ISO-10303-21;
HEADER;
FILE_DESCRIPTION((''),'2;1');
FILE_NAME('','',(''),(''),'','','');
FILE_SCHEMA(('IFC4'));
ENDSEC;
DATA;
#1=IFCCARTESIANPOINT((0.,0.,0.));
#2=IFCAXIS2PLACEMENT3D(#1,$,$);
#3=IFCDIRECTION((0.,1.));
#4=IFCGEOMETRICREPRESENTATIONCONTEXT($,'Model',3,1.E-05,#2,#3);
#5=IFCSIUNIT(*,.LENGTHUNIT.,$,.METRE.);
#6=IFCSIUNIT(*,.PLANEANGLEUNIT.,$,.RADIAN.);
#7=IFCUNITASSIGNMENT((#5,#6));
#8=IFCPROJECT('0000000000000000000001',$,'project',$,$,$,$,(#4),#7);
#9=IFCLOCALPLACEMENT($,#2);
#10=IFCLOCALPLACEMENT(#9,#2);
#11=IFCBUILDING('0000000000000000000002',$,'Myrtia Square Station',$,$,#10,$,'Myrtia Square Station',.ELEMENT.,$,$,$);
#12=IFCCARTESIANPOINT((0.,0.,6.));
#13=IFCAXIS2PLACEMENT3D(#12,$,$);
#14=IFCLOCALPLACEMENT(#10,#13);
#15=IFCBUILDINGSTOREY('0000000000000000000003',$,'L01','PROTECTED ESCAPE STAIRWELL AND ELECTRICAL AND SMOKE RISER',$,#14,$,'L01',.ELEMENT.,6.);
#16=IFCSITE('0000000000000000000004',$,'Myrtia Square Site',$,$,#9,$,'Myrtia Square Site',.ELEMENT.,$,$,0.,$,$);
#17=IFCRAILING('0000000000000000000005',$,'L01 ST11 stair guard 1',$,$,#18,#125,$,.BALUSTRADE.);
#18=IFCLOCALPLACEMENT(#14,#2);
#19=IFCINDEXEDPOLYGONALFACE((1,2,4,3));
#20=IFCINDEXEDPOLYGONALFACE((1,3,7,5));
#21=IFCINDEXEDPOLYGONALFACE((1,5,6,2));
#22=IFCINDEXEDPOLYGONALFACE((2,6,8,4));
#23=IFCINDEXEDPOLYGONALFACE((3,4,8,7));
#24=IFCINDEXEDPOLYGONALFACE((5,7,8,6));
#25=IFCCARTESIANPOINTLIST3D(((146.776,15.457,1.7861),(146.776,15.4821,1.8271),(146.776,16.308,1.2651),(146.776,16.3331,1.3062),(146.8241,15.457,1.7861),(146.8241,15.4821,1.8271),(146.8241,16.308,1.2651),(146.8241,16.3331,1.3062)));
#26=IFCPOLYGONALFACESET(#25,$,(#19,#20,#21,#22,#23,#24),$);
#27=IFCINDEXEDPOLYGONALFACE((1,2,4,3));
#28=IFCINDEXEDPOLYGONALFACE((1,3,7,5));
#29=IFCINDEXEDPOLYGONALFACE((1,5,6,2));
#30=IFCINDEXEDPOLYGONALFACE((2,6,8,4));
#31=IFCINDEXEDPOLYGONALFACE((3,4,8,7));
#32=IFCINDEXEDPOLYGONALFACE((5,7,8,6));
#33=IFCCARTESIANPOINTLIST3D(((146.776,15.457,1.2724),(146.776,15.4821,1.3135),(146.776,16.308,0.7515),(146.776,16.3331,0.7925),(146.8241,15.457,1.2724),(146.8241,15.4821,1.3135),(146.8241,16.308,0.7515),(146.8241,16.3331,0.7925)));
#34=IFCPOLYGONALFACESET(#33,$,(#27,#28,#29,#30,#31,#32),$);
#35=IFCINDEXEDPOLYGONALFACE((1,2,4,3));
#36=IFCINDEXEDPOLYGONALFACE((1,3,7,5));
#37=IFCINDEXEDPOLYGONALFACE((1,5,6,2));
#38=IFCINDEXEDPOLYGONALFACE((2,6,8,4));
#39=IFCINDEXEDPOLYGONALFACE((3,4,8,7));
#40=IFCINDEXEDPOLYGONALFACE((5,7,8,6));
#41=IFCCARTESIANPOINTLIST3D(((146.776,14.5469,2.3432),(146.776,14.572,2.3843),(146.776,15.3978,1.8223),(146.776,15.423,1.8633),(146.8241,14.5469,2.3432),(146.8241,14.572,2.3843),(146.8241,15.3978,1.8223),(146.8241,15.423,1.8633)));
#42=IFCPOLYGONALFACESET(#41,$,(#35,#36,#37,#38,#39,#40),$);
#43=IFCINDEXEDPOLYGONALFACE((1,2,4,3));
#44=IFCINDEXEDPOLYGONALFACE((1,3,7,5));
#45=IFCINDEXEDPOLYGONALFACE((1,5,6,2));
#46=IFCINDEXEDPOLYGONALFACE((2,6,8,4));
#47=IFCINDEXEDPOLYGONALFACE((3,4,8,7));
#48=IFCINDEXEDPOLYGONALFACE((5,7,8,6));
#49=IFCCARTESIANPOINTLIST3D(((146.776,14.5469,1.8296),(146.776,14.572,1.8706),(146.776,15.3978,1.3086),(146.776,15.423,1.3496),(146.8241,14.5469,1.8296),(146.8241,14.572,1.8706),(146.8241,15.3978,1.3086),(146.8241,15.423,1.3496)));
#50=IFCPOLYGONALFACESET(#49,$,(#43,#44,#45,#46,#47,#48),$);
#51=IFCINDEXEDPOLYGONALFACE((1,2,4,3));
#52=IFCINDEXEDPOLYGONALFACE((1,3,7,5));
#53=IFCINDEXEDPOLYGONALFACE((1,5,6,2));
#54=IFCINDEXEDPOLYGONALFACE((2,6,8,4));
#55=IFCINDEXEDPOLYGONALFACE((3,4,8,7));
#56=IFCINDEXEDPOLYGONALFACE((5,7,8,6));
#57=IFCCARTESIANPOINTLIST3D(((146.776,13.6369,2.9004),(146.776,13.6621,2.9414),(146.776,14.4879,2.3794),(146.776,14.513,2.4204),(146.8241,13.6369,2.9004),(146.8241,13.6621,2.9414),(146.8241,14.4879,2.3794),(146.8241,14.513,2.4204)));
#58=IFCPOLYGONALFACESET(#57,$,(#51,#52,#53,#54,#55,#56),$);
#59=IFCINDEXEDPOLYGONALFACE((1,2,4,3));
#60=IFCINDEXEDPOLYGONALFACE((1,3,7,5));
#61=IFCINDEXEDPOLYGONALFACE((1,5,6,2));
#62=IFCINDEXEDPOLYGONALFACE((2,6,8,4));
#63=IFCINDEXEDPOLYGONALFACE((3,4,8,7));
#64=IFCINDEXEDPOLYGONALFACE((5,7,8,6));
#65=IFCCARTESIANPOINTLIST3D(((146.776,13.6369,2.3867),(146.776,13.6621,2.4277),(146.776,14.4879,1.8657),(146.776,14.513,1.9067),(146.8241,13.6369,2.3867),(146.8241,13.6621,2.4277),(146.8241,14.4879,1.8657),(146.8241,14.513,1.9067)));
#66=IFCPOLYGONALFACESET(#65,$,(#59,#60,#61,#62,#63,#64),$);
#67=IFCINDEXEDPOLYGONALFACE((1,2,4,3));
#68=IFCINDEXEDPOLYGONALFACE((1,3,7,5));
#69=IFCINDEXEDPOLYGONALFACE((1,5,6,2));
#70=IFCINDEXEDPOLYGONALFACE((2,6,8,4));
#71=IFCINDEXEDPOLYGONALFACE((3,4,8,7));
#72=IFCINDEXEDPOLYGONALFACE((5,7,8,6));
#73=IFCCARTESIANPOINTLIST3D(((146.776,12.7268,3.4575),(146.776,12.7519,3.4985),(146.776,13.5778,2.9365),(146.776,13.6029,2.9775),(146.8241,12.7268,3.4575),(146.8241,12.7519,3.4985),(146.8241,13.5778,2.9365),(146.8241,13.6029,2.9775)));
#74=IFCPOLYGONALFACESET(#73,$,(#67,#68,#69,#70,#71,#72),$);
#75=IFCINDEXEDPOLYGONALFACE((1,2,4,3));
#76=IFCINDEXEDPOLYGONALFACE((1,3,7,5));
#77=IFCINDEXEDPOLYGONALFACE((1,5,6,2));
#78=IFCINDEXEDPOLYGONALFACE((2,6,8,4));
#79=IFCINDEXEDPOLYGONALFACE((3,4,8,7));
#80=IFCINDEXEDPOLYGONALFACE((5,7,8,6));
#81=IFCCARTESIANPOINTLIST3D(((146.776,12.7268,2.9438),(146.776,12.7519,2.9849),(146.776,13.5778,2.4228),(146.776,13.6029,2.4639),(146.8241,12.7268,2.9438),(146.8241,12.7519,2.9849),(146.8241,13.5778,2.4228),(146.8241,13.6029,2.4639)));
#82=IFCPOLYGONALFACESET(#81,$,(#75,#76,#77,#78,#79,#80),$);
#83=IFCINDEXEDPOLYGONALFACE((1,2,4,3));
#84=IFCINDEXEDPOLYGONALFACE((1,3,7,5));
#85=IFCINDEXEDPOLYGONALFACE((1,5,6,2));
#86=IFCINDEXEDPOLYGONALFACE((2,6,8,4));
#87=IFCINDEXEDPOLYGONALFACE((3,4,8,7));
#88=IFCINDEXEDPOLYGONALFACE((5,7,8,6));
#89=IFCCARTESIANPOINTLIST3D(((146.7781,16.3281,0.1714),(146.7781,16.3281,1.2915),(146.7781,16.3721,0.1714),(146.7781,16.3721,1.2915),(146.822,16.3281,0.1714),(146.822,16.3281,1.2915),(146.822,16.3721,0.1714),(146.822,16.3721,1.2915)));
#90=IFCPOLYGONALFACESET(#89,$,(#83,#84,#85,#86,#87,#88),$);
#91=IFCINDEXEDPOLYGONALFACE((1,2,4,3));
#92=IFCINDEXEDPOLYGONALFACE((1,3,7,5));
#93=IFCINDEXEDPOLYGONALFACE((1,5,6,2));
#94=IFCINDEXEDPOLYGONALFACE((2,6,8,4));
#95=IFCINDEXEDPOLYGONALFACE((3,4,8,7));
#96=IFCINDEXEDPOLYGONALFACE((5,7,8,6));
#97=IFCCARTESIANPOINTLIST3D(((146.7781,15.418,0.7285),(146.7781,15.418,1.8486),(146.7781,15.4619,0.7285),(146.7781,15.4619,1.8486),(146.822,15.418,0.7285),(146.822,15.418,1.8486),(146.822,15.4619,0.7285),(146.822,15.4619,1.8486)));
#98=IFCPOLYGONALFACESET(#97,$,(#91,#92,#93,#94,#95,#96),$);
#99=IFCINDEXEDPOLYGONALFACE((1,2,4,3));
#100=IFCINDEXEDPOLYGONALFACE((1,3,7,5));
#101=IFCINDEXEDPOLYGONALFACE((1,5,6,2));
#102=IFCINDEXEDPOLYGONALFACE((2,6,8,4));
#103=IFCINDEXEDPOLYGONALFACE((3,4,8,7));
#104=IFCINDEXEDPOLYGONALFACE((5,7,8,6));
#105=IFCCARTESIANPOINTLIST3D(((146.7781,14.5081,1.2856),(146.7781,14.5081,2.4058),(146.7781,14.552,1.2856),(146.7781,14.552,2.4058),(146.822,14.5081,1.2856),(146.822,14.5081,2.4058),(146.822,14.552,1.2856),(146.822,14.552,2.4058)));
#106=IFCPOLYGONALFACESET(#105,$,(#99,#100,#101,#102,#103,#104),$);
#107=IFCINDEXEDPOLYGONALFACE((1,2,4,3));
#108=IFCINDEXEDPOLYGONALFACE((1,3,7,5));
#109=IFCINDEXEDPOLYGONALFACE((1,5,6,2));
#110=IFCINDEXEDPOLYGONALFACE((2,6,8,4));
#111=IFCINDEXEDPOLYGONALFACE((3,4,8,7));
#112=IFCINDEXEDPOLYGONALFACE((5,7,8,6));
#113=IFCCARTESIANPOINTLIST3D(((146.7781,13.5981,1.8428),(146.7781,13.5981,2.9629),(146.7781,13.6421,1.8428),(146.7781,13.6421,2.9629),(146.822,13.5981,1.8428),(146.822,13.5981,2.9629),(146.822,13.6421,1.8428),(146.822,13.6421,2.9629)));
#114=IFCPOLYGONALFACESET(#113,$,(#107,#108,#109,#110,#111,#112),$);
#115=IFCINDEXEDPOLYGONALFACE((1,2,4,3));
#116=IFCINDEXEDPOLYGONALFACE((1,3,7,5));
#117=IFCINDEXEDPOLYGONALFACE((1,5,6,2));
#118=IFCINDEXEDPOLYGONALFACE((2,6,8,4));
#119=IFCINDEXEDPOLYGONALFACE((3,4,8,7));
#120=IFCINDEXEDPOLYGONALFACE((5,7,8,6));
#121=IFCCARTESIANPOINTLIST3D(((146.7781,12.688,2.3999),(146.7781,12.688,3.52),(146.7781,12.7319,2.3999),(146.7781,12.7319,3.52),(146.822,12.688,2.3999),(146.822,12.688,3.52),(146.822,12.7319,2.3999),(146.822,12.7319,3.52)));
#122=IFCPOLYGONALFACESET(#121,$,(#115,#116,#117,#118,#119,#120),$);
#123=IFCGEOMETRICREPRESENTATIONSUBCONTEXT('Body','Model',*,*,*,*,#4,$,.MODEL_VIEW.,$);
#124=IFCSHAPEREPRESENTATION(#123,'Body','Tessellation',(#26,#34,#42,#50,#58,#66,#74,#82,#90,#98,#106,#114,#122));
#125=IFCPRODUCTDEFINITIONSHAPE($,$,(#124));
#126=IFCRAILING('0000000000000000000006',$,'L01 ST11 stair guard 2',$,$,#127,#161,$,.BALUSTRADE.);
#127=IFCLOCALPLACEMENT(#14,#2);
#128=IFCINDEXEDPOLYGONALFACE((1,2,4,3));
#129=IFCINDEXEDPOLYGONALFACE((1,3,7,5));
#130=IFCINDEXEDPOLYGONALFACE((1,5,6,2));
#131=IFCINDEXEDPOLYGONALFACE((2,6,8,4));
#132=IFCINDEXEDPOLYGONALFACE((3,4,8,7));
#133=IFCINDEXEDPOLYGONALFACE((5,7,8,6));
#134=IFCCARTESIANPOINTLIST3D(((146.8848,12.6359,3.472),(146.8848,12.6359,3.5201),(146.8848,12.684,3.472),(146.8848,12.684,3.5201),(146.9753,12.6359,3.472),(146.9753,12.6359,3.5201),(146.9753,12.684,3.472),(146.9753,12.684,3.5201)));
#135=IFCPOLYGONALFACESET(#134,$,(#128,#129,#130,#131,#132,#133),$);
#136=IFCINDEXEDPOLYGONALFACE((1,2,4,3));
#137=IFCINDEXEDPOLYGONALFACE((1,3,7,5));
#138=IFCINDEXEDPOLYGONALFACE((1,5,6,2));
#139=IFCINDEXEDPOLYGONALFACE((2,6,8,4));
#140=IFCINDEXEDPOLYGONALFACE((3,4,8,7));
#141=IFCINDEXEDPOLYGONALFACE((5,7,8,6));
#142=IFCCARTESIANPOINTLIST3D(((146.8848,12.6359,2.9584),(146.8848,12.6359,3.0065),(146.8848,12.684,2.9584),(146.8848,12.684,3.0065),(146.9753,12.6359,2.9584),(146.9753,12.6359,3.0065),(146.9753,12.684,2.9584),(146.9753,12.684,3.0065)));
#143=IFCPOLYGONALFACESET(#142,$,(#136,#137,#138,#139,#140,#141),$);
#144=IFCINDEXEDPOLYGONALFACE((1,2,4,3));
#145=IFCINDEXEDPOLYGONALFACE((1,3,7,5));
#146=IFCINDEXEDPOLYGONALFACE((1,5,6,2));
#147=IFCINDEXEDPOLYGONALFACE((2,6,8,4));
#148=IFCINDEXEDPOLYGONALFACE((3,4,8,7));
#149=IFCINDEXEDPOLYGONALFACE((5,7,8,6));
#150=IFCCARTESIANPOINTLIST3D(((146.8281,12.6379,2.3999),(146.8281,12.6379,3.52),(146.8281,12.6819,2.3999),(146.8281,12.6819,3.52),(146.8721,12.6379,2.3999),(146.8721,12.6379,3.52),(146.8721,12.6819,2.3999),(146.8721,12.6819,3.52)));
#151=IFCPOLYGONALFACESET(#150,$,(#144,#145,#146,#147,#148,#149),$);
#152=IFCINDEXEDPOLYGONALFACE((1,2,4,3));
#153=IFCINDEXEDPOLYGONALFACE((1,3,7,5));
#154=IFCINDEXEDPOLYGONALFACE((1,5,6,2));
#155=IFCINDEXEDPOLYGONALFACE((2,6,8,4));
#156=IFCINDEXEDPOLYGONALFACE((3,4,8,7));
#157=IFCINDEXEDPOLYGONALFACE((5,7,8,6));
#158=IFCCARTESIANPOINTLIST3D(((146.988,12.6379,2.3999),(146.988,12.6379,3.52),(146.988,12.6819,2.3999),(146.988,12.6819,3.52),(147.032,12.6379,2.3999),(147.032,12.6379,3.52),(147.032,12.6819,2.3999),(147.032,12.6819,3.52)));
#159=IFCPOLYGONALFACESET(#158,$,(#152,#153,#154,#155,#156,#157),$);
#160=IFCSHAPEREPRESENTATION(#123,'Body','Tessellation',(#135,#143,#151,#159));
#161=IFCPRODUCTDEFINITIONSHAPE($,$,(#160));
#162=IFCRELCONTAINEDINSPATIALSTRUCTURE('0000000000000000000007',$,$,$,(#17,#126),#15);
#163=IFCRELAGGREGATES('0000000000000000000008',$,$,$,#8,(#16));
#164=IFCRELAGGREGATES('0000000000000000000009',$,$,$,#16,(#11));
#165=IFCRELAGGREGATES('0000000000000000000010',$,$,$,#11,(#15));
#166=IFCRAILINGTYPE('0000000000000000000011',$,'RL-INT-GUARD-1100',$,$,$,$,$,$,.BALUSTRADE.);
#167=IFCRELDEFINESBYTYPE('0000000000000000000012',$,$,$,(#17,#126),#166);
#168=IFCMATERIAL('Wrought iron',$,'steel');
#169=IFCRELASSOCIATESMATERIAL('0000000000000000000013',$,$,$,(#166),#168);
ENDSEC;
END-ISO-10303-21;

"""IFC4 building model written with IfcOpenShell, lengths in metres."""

from ifc_helpers import new_model, si_unit, direction, frame, origin, origin_2d, place, context, subcontext, project, spatial, rectangle, extrude, material, type_object, element, save


model = new_model("IFC4")

# Units and contexts
model_context = context("Model", 3, precision=1e-05, world=origin(), true_north=direction((0.0, 1.0)))
body_context = subcontext(model_context, "Body", "Model", "MODEL_VIEW")
ifc_project = project(units=[si_unit("LENGTHUNIT", "METRE"), si_unit("PLANEANGLEUNIT", "RADIAN")], contexts=[model_context])

# Site, building, storey
site_placement = place(None, origin())
site = spatial("IfcSite", under=ifc_project, at=site_placement, Name="Myrtia Square Site", LongName="Myrtia Square Site", CompositionType="ELEMENT", RefElevation=0.0)
building_placement = place(site_placement, origin())
building = spatial("IfcBuilding", under=site, at=building_placement, Name="Myrtia Square Station", LongName="Myrtia Square Station", CompositionType="ELEMENT")
storey_placement = place(building_placement, frame((0.0, 0.0, 6.0)))
storey = spatial("IfcBuildingStorey", under=building, at=storey_placement, Name="L01", Description="PROTECTED ESCAPE STAIRWELL AND ELECTRICAL AND SMOKE RISER", LongName="L01", CompositionType="ELEMENT", Elevation=6.0)

# Railings
ifc_material_1 = material(Name="Wrought iron", Category="steel")
railing_type_1 = type_object("IfcRailingType", Name="RL-INT-GUARD-1100", PredefinedType="BALUSTRADE", material=ifc_material_1)
railing_1_placement = place(storey_placement, frame((146.8, 16.3501, 0.1714)))
element("IfcRailing", 1, at=railing_1_placement, inside=storey, type_object=railing_type_1, Name="L01 ST11 stair guard 1", PredefinedType="BALUSTRADE", context=body_context, shape_type="SweptSolid", body=[
    extrude(rectangle(XDim=0.0481, YDim=0.0481, at=origin_2d()), frame((0.0, -0.0295, 1.1143), z_axis=(0.0, -0.852866, 0.52213), x_axis=(1.0, 0.0, 0.0)), (0.0, 0.0, 1.0), 0.9978),
    extrude(rectangle(XDim=0.0481, YDim=0.0481, at=origin_2d()), frame((0.0, -0.0295, 0.6006), z_axis=(0.0, -0.852866, 0.52213), x_axis=(1.0, 0.0, 0.0)), (0.0, 0.0, 1.0), 0.9978),
    extrude(rectangle(XDim=0.0481, YDim=0.0481, at=origin_2d()), frame((0.0, -0.9397, 1.6714), z_axis=(0.0, -0.852866, 0.52213), x_axis=(1.0, 0.0, 0.0)), (0.0, 0.0, 1.0), 0.9978),
    extrude(rectangle(XDim=0.0481, YDim=0.0481, at=origin_2d()), frame((0.0, -0.9397, 1.1577), z_axis=(0.0, -0.852866, 0.52213), x_axis=(1.0, 0.0, 0.0)), (0.0, 0.0, 1.0), 0.9978),
    extrude(rectangle(XDim=0.0481, YDim=0.0481, at=origin_2d()), frame((0.0, -1.8496, 2.2285), z_axis=(0.0, -0.852866, 0.52213), x_axis=(1.0, 0.0, 0.0)), (0.0, 0.0, 1.0), 0.9978),
    extrude(rectangle(XDim=0.0481, YDim=0.0481, at=origin_2d()), frame((0.0, -1.8496, 1.7148), z_axis=(0.0, -0.852866, 0.52213), x_axis=(1.0, 0.0, 0.0)), (0.0, 0.0, 1.0), 0.9978),
    extrude(rectangle(XDim=0.0481, YDim=0.0481, at=origin_2d()), frame((0.0, -2.7598, 2.7856), z_axis=(0.0, -0.852866, 0.52213), x_axis=(1.0, 0.0, 0.0)), (0.0, 0.0, 1.0), 0.9978),
    extrude(rectangle(XDim=0.0481, YDim=0.0481, at=origin_2d()), frame((0.0, -2.7598, 2.272), z_axis=(0.0, -0.852866, 0.52213), x_axis=(1.0, 0.0, 0.0)), (0.0, 0.0, 1.0), 0.9978),
    extrude(rectangle(XDim=0.0439, YDim=0.0439, at=origin_2d()), origin(), (0.0, 0.0, 1.0), 1.1201),
    extrude(rectangle(XDim=0.0439, YDim=0.0439, at=origin_2d()), frame((0.0, -0.9102, 0.5571)), (0.0, 0.0, 1.0), 1.1201),
    extrude(rectangle(XDim=0.0439, YDim=0.0439, at=origin_2d()), frame((0.0, -1.8201, 1.1143)), (0.0, 0.0, 1.0), 1.1201),
    extrude(rectangle(XDim=0.0439, YDim=0.0439, at=origin_2d()), frame((0.0, -2.73, 1.6714)), (0.0, 0.0, 1.0), 1.1201),
    extrude(rectangle(XDim=0.0439, YDim=0.0439, at=origin_2d()), frame((0.0, -3.6401, 2.2285)), (0.0, 0.0, 1.0), 1.1201),
])
railing_2_placement = place(storey_placement, frame((146.8501, 12.6599, 2.3999)))
element("IfcRailing", 2, at=railing_2_placement, inside=storey, type_object=railing_type_1, Name="L01 ST11 stair guard 2", PredefinedType="BALUSTRADE", context=body_context, shape_type="SweptSolid", body=[
    extrude(rectangle(XDim=0.0481, YDim=0.0481, at=origin_2d()), frame((0.0347, 0.0, 1.0962), z_axis=(1.0, 0.0, 0.0), x_axis=(0.0, 1.0, 0.0)), (0.0, 0.0, 1.0), 0.0906),
    extrude(rectangle(XDim=0.0481, YDim=0.0481, at=origin_2d()), frame((0.0347, 0.0, 0.5825), z_axis=(1.0, 0.0, 0.0), x_axis=(0.0, 1.0, 0.0)), (0.0, 0.0, 1.0), 0.0906),
    extrude(rectangle(XDim=0.0439, YDim=0.0439, at=origin_2d()), origin(), (0.0, 0.0, 1.0), 1.1201),
    extrude(rectangle(XDim=0.0439, YDim=0.0439, at=origin_2d()), frame((0.1599, 0.0, 0.0)), (0.0, 0.0, 1.0), 1.1201),
])

save(model, "model.ifc")
